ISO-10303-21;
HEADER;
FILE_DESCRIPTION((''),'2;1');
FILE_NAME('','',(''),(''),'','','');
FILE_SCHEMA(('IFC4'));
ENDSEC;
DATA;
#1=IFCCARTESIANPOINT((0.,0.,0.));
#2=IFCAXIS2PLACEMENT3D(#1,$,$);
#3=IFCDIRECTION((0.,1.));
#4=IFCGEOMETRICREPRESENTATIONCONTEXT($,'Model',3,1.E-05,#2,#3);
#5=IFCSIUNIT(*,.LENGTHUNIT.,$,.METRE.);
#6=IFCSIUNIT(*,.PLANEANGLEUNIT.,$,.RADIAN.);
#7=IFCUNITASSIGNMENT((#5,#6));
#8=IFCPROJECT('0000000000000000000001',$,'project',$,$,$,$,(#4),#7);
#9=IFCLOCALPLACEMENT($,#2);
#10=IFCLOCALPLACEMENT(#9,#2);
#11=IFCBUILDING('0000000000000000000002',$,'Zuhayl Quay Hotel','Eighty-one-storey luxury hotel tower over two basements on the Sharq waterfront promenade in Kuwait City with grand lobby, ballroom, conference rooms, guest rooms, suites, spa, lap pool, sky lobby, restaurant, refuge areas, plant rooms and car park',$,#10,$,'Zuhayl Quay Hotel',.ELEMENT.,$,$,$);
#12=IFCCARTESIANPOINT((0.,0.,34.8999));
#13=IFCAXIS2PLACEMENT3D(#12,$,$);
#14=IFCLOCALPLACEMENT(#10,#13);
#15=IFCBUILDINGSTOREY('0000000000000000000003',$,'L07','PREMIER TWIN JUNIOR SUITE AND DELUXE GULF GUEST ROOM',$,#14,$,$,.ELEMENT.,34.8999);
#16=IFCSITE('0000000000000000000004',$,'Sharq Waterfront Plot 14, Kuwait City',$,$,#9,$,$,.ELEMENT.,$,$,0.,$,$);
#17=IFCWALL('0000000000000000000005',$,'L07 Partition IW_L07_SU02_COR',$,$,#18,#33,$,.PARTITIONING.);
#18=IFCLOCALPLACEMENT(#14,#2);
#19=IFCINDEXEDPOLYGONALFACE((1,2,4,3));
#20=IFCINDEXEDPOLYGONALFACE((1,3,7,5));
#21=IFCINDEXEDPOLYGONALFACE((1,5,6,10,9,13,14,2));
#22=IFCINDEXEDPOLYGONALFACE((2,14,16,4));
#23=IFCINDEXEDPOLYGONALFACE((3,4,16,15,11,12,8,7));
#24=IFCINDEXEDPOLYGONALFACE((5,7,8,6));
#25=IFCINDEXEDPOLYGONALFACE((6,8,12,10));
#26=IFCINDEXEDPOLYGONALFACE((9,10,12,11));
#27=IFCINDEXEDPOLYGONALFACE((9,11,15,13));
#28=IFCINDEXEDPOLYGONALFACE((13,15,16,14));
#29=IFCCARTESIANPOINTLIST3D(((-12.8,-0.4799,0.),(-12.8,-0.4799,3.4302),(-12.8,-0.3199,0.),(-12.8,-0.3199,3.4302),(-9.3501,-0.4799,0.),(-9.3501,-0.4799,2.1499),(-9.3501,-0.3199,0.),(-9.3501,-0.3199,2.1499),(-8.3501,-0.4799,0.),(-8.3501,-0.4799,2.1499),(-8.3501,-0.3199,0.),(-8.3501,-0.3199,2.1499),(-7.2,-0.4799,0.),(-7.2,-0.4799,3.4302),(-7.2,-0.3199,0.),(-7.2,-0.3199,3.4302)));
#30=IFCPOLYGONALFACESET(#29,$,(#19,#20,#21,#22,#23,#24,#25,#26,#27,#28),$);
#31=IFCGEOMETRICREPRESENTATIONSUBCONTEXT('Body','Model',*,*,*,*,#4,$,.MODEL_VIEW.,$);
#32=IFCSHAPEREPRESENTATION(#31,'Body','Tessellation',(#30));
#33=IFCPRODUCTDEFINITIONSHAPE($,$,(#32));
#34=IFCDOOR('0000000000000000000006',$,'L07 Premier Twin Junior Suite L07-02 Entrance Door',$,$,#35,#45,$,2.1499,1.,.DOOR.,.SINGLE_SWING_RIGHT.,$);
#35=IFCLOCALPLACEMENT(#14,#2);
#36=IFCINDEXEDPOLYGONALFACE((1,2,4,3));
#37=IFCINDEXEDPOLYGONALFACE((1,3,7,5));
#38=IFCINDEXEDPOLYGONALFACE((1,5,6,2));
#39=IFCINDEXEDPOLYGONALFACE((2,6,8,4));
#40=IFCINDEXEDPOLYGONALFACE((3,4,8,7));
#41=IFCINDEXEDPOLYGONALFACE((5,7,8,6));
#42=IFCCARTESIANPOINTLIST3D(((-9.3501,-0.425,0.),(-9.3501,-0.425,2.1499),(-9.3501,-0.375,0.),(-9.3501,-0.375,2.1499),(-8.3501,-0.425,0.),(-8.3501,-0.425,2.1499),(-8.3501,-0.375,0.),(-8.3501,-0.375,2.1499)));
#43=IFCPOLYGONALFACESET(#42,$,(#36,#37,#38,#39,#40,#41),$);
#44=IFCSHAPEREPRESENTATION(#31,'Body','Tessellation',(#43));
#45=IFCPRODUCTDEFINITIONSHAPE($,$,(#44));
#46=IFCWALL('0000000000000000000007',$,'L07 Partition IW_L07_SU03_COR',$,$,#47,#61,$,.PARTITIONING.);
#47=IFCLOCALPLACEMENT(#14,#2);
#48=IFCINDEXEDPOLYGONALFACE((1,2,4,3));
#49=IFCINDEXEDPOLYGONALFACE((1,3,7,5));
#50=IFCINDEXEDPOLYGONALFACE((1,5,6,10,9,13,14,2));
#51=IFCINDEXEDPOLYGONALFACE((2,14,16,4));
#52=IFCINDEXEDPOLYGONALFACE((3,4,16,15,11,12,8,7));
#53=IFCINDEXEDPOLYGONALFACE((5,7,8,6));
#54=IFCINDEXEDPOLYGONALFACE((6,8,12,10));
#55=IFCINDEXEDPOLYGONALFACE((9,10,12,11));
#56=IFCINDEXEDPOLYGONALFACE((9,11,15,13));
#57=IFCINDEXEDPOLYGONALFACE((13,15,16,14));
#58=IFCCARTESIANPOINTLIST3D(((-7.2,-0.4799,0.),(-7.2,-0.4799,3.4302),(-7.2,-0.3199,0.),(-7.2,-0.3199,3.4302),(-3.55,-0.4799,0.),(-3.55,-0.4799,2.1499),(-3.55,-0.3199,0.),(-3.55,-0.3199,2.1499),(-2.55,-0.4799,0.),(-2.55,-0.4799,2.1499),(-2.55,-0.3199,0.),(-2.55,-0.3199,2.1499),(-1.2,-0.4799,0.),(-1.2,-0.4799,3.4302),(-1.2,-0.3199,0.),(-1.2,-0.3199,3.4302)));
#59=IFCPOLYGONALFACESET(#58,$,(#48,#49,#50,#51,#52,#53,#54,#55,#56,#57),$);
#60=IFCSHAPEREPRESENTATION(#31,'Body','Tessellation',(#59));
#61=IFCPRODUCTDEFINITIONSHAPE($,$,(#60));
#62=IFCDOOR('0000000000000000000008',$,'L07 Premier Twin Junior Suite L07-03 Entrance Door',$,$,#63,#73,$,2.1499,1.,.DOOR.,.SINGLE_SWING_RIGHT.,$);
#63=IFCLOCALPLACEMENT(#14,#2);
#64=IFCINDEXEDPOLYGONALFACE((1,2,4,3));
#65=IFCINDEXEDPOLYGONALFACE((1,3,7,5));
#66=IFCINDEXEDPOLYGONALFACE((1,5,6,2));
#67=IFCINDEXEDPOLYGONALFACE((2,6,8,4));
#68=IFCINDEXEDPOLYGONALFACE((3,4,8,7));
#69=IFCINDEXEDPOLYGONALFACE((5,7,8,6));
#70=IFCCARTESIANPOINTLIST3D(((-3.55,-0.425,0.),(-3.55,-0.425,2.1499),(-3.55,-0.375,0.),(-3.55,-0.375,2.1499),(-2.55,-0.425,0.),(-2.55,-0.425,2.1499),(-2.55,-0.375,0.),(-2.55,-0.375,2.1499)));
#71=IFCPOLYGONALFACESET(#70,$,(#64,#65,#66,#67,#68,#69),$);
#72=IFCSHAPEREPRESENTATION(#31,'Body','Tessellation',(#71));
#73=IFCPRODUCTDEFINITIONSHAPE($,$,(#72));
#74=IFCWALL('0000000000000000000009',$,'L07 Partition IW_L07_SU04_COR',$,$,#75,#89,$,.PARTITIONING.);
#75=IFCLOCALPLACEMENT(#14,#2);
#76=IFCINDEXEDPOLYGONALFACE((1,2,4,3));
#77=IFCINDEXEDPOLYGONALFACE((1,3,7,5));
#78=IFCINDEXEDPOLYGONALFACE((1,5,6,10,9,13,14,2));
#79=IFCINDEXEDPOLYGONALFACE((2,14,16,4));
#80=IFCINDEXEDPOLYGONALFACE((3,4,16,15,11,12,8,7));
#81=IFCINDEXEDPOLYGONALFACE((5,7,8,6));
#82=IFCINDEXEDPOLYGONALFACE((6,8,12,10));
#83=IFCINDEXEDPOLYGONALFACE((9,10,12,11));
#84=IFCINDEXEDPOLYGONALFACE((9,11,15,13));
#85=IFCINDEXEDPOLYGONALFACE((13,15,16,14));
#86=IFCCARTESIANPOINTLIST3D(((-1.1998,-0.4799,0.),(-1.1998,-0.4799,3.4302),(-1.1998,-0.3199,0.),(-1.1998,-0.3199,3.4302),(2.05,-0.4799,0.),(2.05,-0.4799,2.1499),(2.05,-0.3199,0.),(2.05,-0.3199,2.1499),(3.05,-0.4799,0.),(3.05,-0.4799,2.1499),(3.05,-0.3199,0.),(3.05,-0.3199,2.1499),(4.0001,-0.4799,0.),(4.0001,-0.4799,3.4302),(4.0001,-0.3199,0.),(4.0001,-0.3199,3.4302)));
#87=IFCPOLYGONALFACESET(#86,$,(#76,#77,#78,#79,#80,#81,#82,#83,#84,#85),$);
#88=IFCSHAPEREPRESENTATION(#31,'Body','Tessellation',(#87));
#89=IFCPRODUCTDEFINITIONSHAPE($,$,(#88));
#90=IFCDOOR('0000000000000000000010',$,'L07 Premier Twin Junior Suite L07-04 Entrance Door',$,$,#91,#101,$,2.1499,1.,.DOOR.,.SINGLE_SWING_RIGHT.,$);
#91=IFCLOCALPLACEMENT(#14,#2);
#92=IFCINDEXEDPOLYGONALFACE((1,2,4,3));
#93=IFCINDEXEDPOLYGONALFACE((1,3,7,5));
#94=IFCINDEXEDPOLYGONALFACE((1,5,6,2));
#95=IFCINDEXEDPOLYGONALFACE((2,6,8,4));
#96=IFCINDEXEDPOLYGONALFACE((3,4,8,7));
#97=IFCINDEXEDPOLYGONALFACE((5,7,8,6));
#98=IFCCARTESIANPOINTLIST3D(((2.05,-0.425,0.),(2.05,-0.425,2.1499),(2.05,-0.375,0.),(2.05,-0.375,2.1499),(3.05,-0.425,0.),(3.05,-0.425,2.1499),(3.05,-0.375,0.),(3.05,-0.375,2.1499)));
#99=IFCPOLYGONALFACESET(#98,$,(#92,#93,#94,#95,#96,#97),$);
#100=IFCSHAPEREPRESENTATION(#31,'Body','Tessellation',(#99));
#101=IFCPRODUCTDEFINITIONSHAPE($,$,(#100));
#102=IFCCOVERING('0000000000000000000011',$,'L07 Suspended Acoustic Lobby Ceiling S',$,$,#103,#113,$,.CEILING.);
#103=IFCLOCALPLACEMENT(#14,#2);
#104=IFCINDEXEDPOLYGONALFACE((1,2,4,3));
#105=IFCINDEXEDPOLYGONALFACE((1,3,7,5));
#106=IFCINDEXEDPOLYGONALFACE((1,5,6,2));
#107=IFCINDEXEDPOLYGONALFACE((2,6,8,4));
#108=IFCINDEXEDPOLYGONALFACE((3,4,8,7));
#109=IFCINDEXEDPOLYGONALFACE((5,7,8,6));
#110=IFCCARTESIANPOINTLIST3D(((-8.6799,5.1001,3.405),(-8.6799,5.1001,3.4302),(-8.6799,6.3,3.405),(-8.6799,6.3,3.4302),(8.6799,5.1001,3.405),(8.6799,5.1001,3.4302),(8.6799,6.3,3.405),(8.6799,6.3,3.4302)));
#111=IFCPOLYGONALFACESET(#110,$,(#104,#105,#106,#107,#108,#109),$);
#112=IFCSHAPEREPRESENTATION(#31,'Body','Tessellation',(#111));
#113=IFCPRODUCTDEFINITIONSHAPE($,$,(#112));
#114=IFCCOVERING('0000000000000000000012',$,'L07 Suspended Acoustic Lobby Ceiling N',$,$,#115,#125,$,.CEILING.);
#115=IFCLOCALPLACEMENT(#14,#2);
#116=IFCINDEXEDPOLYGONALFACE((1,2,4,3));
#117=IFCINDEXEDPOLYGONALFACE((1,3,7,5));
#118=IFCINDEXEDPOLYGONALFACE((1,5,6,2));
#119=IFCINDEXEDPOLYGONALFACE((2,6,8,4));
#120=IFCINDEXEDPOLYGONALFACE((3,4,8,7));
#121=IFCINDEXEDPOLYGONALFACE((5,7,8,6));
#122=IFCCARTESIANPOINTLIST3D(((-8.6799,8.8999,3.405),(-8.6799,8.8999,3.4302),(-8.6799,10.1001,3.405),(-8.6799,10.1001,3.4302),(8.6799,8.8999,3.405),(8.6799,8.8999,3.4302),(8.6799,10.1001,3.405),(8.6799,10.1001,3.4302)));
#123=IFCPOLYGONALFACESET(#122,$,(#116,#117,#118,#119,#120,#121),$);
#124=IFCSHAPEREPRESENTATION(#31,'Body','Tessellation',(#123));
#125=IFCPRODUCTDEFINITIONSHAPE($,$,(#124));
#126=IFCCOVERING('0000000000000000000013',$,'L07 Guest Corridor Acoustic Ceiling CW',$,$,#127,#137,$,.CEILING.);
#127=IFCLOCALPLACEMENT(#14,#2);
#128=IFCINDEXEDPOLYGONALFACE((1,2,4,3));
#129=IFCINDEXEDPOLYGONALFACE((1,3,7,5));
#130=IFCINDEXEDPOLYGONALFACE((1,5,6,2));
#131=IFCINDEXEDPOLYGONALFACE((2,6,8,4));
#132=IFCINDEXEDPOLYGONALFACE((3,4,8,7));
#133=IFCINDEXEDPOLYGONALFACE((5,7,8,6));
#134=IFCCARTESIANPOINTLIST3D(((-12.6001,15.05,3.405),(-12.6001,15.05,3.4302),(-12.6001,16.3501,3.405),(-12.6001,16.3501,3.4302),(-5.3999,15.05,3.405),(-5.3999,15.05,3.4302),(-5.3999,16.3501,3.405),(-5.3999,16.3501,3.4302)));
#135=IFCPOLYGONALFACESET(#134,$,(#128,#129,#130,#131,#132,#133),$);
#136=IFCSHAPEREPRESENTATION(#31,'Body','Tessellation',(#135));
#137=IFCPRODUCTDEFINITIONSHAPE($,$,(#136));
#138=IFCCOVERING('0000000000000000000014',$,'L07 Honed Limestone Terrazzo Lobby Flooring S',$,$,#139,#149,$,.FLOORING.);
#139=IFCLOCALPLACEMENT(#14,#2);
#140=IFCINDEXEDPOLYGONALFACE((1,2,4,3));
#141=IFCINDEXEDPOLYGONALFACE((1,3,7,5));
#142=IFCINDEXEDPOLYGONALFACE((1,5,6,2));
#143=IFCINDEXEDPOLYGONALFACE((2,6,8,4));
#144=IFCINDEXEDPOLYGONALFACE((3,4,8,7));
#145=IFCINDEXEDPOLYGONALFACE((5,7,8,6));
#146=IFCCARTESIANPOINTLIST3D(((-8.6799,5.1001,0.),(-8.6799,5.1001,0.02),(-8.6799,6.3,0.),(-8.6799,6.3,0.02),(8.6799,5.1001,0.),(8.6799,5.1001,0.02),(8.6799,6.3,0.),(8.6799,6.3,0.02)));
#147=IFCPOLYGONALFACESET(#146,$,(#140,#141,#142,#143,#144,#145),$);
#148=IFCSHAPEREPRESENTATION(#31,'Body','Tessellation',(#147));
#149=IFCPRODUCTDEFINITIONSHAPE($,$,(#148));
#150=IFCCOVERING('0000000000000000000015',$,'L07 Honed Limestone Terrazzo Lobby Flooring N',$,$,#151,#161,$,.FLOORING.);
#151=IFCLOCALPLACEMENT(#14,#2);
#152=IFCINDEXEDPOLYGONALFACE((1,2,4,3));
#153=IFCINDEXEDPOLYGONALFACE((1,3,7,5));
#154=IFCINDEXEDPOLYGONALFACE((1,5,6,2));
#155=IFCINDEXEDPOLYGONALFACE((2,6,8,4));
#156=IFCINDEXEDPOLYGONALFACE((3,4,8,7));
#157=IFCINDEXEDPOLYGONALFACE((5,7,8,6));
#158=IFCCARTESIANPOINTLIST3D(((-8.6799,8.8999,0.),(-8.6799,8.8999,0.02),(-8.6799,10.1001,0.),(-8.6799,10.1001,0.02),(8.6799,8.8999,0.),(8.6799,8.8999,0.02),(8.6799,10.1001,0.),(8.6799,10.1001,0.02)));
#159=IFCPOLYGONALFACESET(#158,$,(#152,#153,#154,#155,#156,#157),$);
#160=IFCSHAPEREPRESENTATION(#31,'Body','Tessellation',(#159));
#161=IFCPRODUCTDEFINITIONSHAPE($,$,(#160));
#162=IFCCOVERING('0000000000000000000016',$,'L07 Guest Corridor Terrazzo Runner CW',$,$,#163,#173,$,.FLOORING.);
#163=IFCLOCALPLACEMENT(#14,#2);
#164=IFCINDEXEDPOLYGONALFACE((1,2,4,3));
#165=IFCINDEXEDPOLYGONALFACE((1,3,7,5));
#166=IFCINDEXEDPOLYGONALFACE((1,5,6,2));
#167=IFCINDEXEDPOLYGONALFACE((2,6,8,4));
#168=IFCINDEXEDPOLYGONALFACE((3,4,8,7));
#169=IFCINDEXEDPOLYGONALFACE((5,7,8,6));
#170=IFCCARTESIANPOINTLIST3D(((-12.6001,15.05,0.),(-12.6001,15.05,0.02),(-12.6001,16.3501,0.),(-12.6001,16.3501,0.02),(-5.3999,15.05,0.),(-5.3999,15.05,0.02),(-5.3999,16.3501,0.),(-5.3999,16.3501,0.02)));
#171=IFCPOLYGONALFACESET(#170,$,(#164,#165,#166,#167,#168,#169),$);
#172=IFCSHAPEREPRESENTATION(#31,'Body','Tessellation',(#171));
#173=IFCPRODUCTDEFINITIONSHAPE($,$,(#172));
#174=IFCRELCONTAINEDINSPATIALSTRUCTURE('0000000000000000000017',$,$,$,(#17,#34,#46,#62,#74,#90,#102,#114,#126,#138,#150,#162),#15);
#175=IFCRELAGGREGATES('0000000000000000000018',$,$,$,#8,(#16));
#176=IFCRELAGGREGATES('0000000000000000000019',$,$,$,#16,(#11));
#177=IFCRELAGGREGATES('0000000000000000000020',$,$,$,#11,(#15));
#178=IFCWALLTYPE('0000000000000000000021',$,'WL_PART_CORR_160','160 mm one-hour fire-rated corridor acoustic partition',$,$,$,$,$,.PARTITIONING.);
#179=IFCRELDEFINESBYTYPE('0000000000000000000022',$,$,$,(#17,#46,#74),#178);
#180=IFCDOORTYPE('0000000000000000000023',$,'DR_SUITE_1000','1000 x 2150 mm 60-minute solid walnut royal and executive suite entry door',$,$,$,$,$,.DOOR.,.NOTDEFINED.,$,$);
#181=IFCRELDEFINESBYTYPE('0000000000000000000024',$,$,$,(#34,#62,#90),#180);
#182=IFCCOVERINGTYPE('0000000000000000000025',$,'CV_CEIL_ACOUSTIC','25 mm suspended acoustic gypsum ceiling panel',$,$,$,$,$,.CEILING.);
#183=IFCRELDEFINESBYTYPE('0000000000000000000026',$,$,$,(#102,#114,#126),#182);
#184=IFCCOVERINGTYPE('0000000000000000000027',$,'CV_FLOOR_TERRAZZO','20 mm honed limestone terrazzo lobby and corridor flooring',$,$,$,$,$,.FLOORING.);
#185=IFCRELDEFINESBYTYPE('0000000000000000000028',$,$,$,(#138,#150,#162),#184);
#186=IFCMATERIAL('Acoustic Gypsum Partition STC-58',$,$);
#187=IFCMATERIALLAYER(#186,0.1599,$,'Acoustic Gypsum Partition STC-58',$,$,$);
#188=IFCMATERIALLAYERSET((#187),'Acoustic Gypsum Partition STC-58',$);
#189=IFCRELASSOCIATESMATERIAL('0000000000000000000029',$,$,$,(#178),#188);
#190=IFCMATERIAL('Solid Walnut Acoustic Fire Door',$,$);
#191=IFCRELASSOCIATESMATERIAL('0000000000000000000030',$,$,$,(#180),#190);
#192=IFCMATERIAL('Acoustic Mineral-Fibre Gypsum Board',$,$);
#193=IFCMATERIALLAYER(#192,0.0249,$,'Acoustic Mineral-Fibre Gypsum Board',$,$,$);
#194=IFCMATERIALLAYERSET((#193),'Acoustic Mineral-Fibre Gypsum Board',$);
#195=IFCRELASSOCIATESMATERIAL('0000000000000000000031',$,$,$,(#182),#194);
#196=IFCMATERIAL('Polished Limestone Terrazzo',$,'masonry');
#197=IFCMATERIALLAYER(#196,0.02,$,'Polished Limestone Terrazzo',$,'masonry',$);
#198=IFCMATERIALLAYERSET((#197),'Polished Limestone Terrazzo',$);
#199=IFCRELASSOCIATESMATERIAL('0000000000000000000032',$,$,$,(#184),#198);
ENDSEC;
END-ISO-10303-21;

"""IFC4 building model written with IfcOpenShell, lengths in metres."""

from ifc_helpers import new_model, si_unit, direction, frame, frame_2d, origin, place, context, subcontext, project, spatial, polyline, rectangle, outline, extrude, material, layer, layer_set, type_object, element, fill, save


model = new_model("IFC4")

# Units and contexts
model_context = context("Model", 3, precision=1e-05, world=origin(), true_north=direction((0.0, 1.0)))
body_context = subcontext(model_context, "Body", "Model", "MODEL_VIEW")
ifc_project = project(units=[si_unit("LENGTHUNIT", "METRE"), si_unit("PLANEANGLEUNIT", "RADIAN")], contexts=[model_context])

# Site, building, storey
site_placement = place(None, origin())
site = spatial("IfcSite", under=ifc_project, at=site_placement, Name="Sharq Waterfront Plot 14, Kuwait City", CompositionType="ELEMENT", RefElevation=0.0)
building_placement = place(site_placement, origin())
building = spatial("IfcBuilding", under=site, at=building_placement, Name="Zuhayl Quay Hotel", Description="Eighty-one-storey luxury hotel tower over two basements on the Sharq waterfront promenade in Kuwait City with grand lobby, ballroom, conference rooms, guest rooms, suites, spa, lap pool, sky lobby, restaurant, refuge areas, plant rooms and car park", LongName="Zuhayl Quay Hotel", CompositionType="ELEMENT")
storey_placement = place(building_placement, frame((0.0, 0.0, 34.8999)))
storey = spatial("IfcBuildingStorey", under=building, at=storey_placement, Name="L07", Description="PREMIER TWIN JUNIOR SUITE AND DELUXE GULF GUEST ROOM", CompositionType="ELEMENT", Elevation=34.8999)

# Walls, openings, doors
ifc_material_1 = material(Name="Acoustic Gypsum Partition STC-58")
ifc_layer_1 = layer(ifc_material_1, 0.1599, Name="Acoustic Gypsum Partition STC-58")
ifc_layer_set_1 = layer_set([ifc_layer_1], Name="Acoustic Gypsum Partition STC-58")
wall_type = type_object("IfcWallType", Name="WL_PART_CORR_160", Description="160 mm one-hour fire-rated corridor acoustic partition", PredefinedType="PARTITIONING", material=ifc_layer_set_1)
wall_1_placement = place(storey_placement, frame((-12.8, -0.3999, 0.0), z_axis=(0.0, 0.0, 1.0), x_axis=(1.0, 0.0, 0.0)))
wall_1 = element("IfcWall", 1, at=wall_1_placement, inside=storey, type_object=wall_type, Name="L07 Partition IW_L07_SU02_COR", PredefinedType="PARTITIONING", context=body_context, shape_type="SweptSolid", body=[
    extrude(rectangle(XDim=5.6001, YDim=0.1599, at=frame_2d((2.8, 0.0))), origin(), (0.0, 0.0, 1.0), 3.4302),
])
opening_1_placement = place(wall_1_placement, frame((3.45, 0.0, 0.0)))
opening_1 = element("IfcOpeningElement", 2, at=opening_1_placement, cuts=wall_1, PredefinedType="OPENING", context=body_context, shape_type="SweptSolid", body=[
    extrude(rectangle(XDim=1.0, YDim=2.1499, at=frame_2d((0.5, 1.075))), frame((0.0, 0.0898, 0.0), z_axis=(0.0, -1.0, 0.0), x_axis=(1.0, 0.0, 0.0)), (0.0, 0.0, 1.0), 0.1799),
])
ifc_material_2 = material(Name="Solid Walnut Acoustic Fire Door")
door_type = type_object("IfcDoorType", Name="DR_SUITE_1000", Description="1000 x 2150 mm 60-minute solid walnut royal and executive suite entry door", OperationType="NOTDEFINED", PredefinedType="DOOR", material=ifc_material_2)
door_1_placement = place(opening_1_placement, origin())
door_1 = element("IfcDoor", 3, at=door_1_placement, inside=storey, type_object=door_type, Name="L07 Premier Twin Junior Suite L07-02 Entrance Door", OperationType="SINGLE_SWING_RIGHT", OverallHeight=2.1499, OverallWidth=1.0, PredefinedType="DOOR", context=body_context, shape_type="SweptSolid", body=[
    extrude(rectangle(XDim=1.0, YDim=2.1499, at=frame_2d((0.5, 1.075))), frame((0.0, 0.0249, 0.0), z_axis=(0.0, -1.0, 0.0), x_axis=(1.0, 0.0, 0.0)), (0.0, 0.0, 1.0), 0.05),
])
fill(opening_1, door_1)
wall_2_placement = place(storey_placement, frame((-7.2, -0.3999, 0.0), z_axis=(0.0, 0.0, 1.0), x_axis=(1.0, 0.0, 0.0)))
wall_2 = element("IfcWall", 4, at=wall_2_placement, inside=storey, type_object=wall_type, Name="L07 Partition IW_L07_SU03_COR", PredefinedType="PARTITIONING", context=body_context, shape_type="SweptSolid", body=[
    extrude(rectangle(XDim=6.0, YDim=0.1599, at=frame_2d((3.0, 0.0))), origin(), (0.0, 0.0, 1.0), 3.4302),
])
opening_2_placement = place(wall_2_placement, frame((3.6499, 0.0, 0.0)))
opening_2 = element("IfcOpeningElement", 5, at=opening_2_placement, cuts=wall_2, PredefinedType="OPENING", context=body_context, shape_type="SweptSolid", body=[
    extrude(rectangle(XDim=1.0, YDim=2.1499, at=frame_2d((0.5, 1.075))), frame((0.0, 0.0898, 0.0), z_axis=(0.0, -1.0, 0.0), x_axis=(1.0, 0.0, 0.0)), (0.0, 0.0, 1.0), 0.1799),
])
door_2_placement = place(opening_2_placement, origin())
door_2 = element("IfcDoor", 6, at=door_2_placement, inside=storey, type_object=door_type, Name="L07 Premier Twin Junior Suite L07-03 Entrance Door", OperationType="SINGLE_SWING_RIGHT", OverallHeight=2.1499, OverallWidth=1.0, PredefinedType="DOOR", context=body_context, shape_type="SweptSolid", body=[
    extrude(rectangle(XDim=1.0, YDim=2.1499, at=frame_2d((0.5, 1.075))), frame((0.0, 0.0249, 0.0), z_axis=(0.0, -1.0, 0.0), x_axis=(1.0, 0.0, 0.0)), (0.0, 0.0, 1.0), 0.05),
])
fill(opening_2, door_2)
wall_3_placement = place(storey_placement, frame((-1.2, -0.3999, 0.0), z_axis=(0.0, 0.0, 1.0), x_axis=(1.0, 0.0, 0.0)))
wall_3 = element("IfcWall", 7, at=wall_3_placement, inside=storey, type_object=wall_type, Name="L07 Partition IW_L07_SU04_COR", PredefinedType="PARTITIONING", context=body_context, shape_type="SweptSolid", body=[
    extrude(rectangle(XDim=5.2, YDim=0.1599, at=frame_2d((2.6001, 0.0))), origin(), (0.0, 0.0, 1.0), 3.4302),
])
opening_3_placement = place(wall_3_placement, frame((3.25, 0.0, 0.0)))
opening_3 = element("IfcOpeningElement", 8, at=opening_3_placement, cuts=wall_3, PredefinedType="OPENING", context=body_context, shape_type="SweptSolid", body=[
    extrude(rectangle(XDim=1.0, YDim=2.1499, at=frame_2d((0.5, 1.075))), frame((0.0, 0.0898, 0.0), z_axis=(0.0, -1.0, 0.0), x_axis=(1.0, 0.0, 0.0)), (0.0, 0.0, 1.0), 0.1799),
])
door_3_placement = place(opening_3_placement, origin())
door_3 = element("IfcDoor", 9, at=door_3_placement, inside=storey, type_object=door_type, Name="L07 Premier Twin Junior Suite L07-04 Entrance Door", OperationType="SINGLE_SWING_RIGHT", OverallHeight=2.1499, OverallWidth=1.0, PredefinedType="DOOR", context=body_context, shape_type="SweptSolid", body=[
    extrude(rectangle(XDim=1.0, YDim=2.1499, at=frame_2d((0.5, 1.075))), frame((0.0, 0.0249, 0.0), z_axis=(0.0, -1.0, 0.0), x_axis=(1.0, 0.0, 0.0)), (0.0, 0.0, 1.0), 0.05),
])
fill(opening_3, door_3)

# Coverings
ifc_material_3 = material(Name="Acoustic Mineral-Fibre Gypsum Board")
ifc_layer_2 = layer(ifc_material_3, 0.0249, Name="Acoustic Mineral-Fibre Gypsum Board")
ifc_layer_set_2 = layer_set([ifc_layer_2], Name="Acoustic Mineral-Fibre Gypsum Board")
covering_type_1 = type_object("IfcCoveringType", Name="CV_CEIL_ACOUSTIC", Description="25 mm suspended acoustic gypsum ceiling panel", PredefinedType="CEILING", material=ifc_layer_set_2)
covering_1_placement = place(storey_placement, frame((0.0, 0.0, 3.405)))
element("IfcCovering", 10, at=covering_1_placement, inside=storey, type_object=covering_type_1, Name="L07 Suspended Acoustic Lobby Ceiling S", PredefinedType="CEILING", context=body_context, shape_type="SweptSolid", body=[
    extrude(outline(polyline([(-8.6799, 5.1001), (8.6799, 5.1001), (8.6799, 6.3), (-8.6799, 6.3), (-8.6799, 5.1001)])), origin(), (0.0, 0.0, 1.0), 0.0251),
])
covering_2_placement = place(storey_placement, frame((0.0, 0.0, 3.405)))
element("IfcCovering", 11, at=covering_2_placement, inside=storey, type_object=covering_type_1, Name="L07 Suspended Acoustic Lobby Ceiling N", PredefinedType="CEILING", context=body_context, shape_type="SweptSolid", body=[
    extrude(outline(polyline([(-8.6799, 8.8999), (8.6799, 8.8999), (8.6799, 10.1001), (-8.6799, 10.1001), (-8.6799, 8.8999)])), origin(), (0.0, 0.0, 1.0), 0.0251),
])
covering_3_placement = place(storey_placement, frame((0.0, 0.0, 3.405)))
element("IfcCovering", 12, at=covering_3_placement, inside=storey, type_object=covering_type_1, Name="L07 Guest Corridor Acoustic Ceiling CW", PredefinedType="CEILING", context=body_context, shape_type="SweptSolid", body=[
    extrude(outline(polyline([(-12.6001, 15.05), (-5.3999, 15.05), (-5.3999, 16.3501), (-12.6001, 16.3501), (-12.6001, 15.05)])), origin(), (0.0, 0.0, 1.0), 0.0251),
])
ifc_material_4 = material(Name="Polished Limestone Terrazzo", Category="masonry")
ifc_layer_3 = layer(ifc_material_4, 0.02, Name="Polished Limestone Terrazzo", Category="masonry")
ifc_layer_set_3 = layer_set([ifc_layer_3], Name="Polished Limestone Terrazzo")
covering_type_2 = type_object("IfcCoveringType", Name="CV_FLOOR_TERRAZZO", Description="20 mm honed limestone terrazzo lobby and corridor flooring", PredefinedType="FLOORING", material=ifc_layer_set_3)
covering_4_placement = place(storey_placement, origin())
element("IfcCovering", 13, at=covering_4_placement, inside=storey, type_object=covering_type_2, Name="L07 Honed Limestone Terrazzo Lobby Flooring S", PredefinedType="FLOORING", context=body_context, shape_type="SweptSolid", body=[
    extrude(outline(polyline([(-8.6799, 5.1001), (8.6799, 5.1001), (8.6799, 6.3), (-8.6799, 6.3), (-8.6799, 5.1001)])), origin(), (0.0, 0.0, 1.0), 0.02),
])
covering_5_placement = place(storey_placement, origin())
element("IfcCovering", 14, at=covering_5_placement, inside=storey, type_object=covering_type_2, Name="L07 Honed Limestone Terrazzo Lobby Flooring N", PredefinedType="FLOORING", context=body_context, shape_type="SweptSolid", body=[
    extrude(outline(polyline([(-8.6799, 8.8999), (8.6799, 8.8999), (8.6799, 10.1001), (-8.6799, 10.1001), (-8.6799, 8.8999)])), origin(), (0.0, 0.0, 1.0), 0.02),
])
covering_6_placement = place(storey_placement, origin())
element("IfcCovering", 15, at=covering_6_placement, inside=storey, type_object=covering_type_2, Name="L07 Guest Corridor Terrazzo Runner CW", PredefinedType="FLOORING", context=body_context, shape_type="SweptSolid", body=[
    extrude(outline(polyline([(-12.6001, 15.05), (-5.3999, 15.05), (-5.3999, 16.3501), (-12.6001, 16.3501), (-12.6001, 15.05)])), origin(), (0.0, 0.0, 1.0), 0.02),
])

save(model, "model.ifc")
